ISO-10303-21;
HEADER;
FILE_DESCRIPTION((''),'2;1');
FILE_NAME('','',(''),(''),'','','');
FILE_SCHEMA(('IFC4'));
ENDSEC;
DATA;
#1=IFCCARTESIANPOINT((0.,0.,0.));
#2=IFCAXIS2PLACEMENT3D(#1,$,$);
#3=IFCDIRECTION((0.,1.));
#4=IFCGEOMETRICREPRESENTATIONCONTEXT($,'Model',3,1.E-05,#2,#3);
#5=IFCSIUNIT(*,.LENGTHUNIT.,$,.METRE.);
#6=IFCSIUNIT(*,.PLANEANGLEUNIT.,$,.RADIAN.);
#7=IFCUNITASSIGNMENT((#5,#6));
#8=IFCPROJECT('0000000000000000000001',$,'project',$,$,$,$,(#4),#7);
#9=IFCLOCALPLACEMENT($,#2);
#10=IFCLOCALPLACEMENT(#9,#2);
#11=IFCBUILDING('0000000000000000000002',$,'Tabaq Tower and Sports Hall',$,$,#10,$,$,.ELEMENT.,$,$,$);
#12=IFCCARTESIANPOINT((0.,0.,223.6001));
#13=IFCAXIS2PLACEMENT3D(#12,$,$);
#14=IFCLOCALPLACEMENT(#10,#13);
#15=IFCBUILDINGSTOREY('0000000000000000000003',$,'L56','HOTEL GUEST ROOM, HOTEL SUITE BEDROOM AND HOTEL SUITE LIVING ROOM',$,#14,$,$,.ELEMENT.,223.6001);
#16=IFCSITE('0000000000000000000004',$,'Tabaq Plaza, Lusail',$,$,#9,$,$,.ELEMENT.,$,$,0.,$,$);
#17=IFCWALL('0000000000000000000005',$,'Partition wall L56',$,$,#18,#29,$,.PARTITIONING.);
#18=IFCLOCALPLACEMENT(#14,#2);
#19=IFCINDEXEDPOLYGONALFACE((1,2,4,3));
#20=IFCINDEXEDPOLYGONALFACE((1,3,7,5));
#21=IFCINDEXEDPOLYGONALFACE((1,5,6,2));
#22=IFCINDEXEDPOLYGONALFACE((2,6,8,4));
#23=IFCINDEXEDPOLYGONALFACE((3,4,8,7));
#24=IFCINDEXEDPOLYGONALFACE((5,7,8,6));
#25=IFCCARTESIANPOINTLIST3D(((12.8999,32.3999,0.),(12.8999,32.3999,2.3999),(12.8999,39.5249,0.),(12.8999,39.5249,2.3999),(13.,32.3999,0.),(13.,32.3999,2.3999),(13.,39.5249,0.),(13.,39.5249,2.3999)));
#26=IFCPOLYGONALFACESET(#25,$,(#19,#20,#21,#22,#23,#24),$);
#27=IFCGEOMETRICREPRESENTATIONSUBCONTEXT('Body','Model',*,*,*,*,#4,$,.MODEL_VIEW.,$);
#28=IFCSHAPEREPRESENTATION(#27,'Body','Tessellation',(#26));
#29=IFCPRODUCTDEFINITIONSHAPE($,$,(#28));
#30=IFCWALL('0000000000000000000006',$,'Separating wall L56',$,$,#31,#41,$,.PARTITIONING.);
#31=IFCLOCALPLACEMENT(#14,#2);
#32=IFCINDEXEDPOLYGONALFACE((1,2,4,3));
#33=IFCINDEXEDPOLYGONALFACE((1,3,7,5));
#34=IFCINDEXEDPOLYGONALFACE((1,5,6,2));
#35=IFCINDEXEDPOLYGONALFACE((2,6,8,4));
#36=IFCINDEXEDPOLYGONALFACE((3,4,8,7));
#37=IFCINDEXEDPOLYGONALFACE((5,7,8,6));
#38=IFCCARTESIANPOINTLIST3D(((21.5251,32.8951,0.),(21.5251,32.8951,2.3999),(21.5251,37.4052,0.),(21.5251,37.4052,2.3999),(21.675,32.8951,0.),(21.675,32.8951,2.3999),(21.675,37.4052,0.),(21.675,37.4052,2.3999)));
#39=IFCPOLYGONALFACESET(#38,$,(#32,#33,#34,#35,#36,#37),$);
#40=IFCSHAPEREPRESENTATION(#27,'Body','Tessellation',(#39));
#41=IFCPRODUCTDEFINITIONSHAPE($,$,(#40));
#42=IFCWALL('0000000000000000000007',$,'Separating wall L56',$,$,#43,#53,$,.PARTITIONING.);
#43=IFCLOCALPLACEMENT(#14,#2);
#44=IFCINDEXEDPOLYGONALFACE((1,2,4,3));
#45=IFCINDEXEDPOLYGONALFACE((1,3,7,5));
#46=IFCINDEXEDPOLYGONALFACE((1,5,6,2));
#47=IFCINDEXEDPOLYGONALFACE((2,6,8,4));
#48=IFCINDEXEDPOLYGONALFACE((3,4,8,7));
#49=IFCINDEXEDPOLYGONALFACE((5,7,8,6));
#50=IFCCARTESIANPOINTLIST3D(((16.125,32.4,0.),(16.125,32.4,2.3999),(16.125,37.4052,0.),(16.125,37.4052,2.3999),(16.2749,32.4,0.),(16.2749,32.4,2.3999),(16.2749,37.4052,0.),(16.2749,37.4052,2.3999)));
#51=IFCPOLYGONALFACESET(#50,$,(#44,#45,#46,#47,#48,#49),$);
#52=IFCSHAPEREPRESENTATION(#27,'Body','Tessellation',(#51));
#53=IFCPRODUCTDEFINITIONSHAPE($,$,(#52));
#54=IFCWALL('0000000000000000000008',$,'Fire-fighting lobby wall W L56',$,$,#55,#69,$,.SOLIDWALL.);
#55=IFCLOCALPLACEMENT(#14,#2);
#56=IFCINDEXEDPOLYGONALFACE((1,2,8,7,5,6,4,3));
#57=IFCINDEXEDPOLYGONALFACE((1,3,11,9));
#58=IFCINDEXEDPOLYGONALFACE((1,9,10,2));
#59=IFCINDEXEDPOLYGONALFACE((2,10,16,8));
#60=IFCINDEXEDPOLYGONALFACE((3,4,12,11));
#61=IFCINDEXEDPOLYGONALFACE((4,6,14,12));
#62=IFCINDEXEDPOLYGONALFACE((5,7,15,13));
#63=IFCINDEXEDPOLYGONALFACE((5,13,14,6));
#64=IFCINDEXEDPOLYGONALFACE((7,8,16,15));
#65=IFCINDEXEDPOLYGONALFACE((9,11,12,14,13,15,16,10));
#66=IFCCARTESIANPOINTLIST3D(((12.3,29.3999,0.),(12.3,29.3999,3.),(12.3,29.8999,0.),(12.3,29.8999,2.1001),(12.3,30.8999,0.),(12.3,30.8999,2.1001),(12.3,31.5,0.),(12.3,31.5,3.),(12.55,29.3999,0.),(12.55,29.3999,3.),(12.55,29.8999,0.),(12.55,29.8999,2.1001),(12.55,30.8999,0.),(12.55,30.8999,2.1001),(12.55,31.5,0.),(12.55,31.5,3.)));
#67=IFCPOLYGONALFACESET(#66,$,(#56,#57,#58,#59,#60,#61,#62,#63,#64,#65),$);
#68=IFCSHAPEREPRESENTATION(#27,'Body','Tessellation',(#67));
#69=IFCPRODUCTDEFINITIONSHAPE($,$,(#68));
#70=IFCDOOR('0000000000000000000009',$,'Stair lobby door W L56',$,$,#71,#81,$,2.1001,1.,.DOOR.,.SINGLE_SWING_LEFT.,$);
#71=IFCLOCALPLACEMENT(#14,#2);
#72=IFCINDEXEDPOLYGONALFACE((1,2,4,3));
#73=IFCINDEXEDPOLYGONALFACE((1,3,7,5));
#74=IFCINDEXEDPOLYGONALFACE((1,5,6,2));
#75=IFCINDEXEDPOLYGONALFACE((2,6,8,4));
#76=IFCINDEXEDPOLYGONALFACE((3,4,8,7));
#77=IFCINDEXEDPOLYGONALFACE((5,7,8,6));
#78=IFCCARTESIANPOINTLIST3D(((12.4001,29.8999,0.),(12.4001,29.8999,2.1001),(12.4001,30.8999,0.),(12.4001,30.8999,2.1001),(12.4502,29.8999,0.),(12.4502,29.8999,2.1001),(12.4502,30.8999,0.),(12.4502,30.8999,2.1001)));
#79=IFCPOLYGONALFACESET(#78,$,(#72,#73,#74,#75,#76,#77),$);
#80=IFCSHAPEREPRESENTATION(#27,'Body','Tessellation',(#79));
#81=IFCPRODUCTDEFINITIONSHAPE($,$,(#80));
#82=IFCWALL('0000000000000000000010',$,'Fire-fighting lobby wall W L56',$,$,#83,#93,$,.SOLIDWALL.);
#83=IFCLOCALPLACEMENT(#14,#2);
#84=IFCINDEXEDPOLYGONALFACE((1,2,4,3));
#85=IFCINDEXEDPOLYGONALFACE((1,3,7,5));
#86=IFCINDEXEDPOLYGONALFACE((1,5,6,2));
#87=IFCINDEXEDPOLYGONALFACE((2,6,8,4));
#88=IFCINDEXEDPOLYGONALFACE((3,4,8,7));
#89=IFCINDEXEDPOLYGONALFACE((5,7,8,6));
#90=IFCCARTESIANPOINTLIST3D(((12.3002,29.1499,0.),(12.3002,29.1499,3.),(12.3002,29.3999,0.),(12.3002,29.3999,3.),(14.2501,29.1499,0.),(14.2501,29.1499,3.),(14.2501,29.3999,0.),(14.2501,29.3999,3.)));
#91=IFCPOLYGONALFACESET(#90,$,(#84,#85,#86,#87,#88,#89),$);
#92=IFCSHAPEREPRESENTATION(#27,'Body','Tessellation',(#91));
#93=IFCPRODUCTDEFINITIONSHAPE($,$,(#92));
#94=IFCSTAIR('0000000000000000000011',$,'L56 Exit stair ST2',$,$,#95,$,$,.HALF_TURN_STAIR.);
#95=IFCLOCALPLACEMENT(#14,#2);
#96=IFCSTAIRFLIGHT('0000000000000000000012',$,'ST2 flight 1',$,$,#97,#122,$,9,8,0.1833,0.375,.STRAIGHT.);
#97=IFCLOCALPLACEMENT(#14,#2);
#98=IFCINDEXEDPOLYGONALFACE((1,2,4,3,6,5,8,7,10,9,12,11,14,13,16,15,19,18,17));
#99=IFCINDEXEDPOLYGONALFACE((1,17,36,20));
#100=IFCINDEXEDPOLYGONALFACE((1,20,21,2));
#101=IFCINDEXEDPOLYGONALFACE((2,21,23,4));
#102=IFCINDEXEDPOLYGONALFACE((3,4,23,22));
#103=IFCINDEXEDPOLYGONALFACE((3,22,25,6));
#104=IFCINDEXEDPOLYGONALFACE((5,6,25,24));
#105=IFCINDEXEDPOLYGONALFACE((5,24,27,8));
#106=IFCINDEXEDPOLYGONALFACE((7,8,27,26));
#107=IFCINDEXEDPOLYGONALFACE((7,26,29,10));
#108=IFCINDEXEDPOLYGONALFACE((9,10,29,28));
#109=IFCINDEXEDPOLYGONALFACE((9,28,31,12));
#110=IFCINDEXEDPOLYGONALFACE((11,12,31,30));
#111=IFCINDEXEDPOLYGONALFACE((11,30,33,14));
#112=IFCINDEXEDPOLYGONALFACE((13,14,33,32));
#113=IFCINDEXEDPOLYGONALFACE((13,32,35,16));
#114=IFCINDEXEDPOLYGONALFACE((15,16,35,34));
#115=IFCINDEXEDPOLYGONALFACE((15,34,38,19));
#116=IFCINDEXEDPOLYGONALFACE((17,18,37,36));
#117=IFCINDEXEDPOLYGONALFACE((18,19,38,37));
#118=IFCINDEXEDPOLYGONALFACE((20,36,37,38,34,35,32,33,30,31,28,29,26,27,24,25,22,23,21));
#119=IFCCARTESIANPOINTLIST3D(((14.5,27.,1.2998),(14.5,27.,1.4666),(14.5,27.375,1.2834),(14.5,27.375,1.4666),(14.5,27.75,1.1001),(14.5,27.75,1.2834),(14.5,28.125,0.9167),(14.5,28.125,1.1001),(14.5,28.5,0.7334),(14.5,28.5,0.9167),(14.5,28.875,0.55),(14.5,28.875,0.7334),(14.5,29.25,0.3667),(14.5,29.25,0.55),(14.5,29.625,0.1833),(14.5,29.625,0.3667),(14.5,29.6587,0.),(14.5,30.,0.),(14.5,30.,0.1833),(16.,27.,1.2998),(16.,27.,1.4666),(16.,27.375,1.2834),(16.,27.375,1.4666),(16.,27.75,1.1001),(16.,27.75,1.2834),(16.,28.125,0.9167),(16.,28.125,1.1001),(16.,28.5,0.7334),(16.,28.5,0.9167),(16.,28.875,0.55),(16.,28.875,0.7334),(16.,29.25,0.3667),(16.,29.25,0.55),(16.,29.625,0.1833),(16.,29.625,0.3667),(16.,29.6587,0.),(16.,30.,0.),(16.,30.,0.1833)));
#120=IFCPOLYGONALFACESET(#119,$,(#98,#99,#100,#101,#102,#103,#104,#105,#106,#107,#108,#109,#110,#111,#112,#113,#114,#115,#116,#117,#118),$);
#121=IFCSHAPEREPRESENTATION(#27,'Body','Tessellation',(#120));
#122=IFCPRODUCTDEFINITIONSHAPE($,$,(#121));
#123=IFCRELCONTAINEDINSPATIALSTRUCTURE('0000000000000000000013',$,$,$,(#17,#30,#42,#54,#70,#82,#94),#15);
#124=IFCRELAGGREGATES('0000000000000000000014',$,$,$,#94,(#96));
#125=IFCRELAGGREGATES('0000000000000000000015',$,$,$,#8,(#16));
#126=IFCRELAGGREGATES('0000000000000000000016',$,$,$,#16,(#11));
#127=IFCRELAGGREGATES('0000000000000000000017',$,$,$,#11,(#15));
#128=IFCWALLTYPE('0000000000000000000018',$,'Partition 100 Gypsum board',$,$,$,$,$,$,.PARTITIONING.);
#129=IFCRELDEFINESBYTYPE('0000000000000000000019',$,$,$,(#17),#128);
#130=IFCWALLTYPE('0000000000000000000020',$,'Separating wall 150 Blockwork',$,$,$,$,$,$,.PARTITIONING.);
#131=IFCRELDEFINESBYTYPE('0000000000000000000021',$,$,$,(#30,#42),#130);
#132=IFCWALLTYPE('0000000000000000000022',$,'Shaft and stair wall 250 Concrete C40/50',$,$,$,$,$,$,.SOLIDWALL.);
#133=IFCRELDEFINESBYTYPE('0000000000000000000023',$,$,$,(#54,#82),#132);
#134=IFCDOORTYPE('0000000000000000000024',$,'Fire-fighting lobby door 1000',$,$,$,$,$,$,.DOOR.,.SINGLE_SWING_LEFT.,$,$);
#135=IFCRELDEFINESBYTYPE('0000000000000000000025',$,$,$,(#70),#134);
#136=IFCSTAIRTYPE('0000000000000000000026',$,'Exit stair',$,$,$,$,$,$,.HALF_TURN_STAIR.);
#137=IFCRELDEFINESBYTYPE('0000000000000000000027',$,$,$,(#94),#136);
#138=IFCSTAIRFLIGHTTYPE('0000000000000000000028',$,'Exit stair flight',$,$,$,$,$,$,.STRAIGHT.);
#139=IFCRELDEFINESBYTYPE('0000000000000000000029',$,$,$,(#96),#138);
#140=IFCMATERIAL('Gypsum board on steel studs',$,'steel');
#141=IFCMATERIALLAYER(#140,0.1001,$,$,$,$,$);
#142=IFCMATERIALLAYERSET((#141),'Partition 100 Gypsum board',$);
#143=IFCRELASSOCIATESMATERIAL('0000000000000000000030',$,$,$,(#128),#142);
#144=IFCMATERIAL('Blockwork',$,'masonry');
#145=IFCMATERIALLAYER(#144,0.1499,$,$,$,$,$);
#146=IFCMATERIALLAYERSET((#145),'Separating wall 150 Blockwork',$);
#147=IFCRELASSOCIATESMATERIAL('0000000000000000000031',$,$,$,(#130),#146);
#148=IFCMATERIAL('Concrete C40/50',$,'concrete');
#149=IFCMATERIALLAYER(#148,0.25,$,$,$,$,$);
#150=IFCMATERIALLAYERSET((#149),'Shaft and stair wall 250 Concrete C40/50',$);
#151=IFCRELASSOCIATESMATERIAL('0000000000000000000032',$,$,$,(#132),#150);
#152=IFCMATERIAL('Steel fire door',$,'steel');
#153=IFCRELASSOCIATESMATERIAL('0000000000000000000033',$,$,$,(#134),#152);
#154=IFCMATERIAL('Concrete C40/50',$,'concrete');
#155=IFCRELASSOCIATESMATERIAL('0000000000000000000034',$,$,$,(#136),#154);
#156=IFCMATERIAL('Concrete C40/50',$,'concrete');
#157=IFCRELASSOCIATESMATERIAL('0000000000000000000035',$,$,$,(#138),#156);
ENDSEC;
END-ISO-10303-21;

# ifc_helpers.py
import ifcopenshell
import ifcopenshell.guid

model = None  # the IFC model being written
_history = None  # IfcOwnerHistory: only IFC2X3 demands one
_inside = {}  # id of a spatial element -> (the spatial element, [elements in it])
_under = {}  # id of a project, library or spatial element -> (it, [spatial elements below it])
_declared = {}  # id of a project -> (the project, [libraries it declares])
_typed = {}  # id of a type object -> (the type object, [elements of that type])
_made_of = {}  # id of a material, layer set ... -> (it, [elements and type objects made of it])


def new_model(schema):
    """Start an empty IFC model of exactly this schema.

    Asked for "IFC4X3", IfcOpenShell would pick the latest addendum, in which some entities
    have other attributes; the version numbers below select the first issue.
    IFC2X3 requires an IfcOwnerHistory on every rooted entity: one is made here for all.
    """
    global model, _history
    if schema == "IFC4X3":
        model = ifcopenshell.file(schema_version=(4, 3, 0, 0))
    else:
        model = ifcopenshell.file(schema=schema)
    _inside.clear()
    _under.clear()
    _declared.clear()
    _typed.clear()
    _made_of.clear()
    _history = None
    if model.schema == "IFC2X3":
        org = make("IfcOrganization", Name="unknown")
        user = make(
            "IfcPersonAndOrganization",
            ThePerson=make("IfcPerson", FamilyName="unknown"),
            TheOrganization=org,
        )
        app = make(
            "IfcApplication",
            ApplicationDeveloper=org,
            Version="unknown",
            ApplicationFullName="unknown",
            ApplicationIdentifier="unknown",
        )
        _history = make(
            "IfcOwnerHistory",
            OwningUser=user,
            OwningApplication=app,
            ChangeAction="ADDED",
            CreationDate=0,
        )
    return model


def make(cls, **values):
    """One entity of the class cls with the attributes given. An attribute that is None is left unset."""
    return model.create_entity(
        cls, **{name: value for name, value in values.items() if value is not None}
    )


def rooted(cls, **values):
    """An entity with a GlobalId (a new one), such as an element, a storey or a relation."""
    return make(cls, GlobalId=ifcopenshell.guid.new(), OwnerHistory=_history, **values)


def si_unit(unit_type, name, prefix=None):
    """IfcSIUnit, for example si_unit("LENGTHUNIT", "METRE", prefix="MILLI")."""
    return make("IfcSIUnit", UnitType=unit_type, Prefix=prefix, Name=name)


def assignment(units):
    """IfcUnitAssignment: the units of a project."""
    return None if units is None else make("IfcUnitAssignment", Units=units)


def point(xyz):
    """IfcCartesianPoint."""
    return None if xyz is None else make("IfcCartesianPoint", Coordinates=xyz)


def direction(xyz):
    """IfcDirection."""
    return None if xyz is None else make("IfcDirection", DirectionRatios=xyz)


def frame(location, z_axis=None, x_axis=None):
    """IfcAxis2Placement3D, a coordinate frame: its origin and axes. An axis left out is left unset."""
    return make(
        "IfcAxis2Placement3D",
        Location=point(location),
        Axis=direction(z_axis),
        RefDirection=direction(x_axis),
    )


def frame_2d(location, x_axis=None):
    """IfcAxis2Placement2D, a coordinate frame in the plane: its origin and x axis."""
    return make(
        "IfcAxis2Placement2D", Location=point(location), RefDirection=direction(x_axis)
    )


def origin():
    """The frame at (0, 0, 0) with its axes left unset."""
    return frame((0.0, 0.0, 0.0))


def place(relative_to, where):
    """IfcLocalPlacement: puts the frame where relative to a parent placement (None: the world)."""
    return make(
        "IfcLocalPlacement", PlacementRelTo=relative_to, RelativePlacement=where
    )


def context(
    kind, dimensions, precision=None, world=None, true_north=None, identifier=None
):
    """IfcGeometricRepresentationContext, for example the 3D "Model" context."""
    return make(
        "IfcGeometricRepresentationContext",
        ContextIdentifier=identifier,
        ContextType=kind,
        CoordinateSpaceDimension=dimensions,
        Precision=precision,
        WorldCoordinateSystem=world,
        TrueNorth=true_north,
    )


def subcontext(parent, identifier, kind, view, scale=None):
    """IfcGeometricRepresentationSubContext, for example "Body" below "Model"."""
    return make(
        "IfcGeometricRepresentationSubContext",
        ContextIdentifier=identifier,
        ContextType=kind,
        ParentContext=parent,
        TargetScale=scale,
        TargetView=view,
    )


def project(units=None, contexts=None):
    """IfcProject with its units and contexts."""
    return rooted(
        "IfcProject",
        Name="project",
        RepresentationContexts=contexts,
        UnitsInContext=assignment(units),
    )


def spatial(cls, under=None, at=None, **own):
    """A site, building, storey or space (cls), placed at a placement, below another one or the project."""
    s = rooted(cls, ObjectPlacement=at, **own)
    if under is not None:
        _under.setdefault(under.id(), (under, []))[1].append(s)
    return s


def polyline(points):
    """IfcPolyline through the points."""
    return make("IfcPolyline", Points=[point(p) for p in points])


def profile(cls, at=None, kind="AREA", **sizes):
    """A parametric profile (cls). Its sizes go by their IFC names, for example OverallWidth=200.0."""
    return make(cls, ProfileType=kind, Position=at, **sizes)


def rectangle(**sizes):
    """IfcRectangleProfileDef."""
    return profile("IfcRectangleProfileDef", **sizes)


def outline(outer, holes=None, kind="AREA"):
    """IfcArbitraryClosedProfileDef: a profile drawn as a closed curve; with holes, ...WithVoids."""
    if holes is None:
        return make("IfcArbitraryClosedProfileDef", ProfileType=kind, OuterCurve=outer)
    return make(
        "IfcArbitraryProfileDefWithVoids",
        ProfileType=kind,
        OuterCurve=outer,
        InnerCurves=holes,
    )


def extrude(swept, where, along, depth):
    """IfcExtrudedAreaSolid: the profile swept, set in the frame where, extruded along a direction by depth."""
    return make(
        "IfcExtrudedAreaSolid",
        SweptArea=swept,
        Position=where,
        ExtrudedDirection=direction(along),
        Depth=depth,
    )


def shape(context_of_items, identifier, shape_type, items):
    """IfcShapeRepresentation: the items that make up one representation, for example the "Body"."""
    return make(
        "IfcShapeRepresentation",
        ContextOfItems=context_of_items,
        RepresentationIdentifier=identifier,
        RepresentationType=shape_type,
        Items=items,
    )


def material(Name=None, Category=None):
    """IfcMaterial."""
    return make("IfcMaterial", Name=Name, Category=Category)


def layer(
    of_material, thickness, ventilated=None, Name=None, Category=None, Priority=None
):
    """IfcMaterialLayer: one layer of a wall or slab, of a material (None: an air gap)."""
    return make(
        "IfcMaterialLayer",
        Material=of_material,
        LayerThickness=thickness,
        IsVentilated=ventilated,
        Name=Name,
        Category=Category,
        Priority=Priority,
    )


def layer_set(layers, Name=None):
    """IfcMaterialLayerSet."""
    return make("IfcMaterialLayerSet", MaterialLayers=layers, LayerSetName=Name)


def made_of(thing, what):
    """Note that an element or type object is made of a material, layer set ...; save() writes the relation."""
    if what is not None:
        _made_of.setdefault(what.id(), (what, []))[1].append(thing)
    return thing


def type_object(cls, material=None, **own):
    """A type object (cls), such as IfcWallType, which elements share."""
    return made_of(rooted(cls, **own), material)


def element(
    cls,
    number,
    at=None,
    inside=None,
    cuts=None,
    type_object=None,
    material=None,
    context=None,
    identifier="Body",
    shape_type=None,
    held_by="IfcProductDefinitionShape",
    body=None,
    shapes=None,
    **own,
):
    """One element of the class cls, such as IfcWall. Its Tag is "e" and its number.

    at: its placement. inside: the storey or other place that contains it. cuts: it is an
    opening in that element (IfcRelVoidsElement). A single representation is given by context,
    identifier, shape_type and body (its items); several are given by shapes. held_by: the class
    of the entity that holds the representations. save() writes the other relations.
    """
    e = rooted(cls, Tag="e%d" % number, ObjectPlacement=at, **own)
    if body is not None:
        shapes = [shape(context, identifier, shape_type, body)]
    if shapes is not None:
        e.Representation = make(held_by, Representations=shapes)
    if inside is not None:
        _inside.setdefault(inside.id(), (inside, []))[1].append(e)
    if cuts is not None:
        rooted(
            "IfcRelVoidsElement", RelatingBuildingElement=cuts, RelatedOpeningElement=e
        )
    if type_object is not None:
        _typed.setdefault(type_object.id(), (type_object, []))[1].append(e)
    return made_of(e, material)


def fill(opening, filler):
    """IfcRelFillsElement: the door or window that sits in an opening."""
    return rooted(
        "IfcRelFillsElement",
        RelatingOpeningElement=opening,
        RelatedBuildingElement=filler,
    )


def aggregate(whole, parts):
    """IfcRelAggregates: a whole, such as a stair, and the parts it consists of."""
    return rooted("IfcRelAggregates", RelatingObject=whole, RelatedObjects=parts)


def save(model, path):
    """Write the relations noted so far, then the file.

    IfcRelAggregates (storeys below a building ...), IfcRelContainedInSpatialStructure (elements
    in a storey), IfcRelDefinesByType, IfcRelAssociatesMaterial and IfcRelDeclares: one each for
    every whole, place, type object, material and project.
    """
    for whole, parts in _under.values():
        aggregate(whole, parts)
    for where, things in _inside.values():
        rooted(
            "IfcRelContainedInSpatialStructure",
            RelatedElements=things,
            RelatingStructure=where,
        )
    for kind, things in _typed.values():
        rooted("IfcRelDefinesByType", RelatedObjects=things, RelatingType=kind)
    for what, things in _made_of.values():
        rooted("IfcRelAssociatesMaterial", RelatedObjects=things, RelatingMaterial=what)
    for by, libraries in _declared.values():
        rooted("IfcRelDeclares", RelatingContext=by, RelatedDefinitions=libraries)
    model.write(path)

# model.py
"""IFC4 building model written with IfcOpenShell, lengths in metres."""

from ifc_helpers import new_model, si_unit, direction, frame, frame_2d, origin, place, context, subcontext, project, spatial, polyline, rectangle, outline, extrude, material, layer, layer_set, type_object, element, fill, aggregate, save


model = new_model("IFC4")

# Units and contexts
model_context = context("Model", 3, precision=1e-05, world=origin(), true_north=direction((0.0, 1.0)))
body_context = subcontext(model_context, "Body", "Model", "MODEL_VIEW")
ifc_project = project(units=[si_unit("LENGTHUNIT", "METRE"), si_unit("PLANEANGLEUNIT", "RADIAN")], contexts=[model_context])

# Site, building, storey
site_placement = place(None, origin())
site = spatial("IfcSite", under=ifc_project, at=site_placement, Name="Tabaq Plaza, Lusail", CompositionType="ELEMENT", RefElevation=0.0)
building_placement = place(site_placement, origin())
building = spatial("IfcBuilding", under=site, at=building_placement, Name="Tabaq Tower and Sports Hall", CompositionType="ELEMENT")
storey_placement = place(building_placement, frame((0.0, 0.0, 223.6001)))
storey = spatial("IfcBuildingStorey", under=building, at=storey_placement, Name="L56", Description="HOTEL GUEST ROOM, HOTEL SUITE BEDROOM AND HOTEL SUITE LIVING ROOM", CompositionType="ELEMENT", Elevation=223.6001)

# Shared definitions
ifc_material_1 = material(Name="Gypsum board on steel studs", Category="steel")
ifc_layer_1 = layer(ifc_material_1, 0.1001)
ifc_layer_set_1 = layer_set([ifc_layer_1], Name="Partition 100 Gypsum board")
wall_type_1 = type_object("IfcWallType", Name="Partition 100 Gypsum board", PredefinedType="PARTITIONING", material=ifc_layer_set_1)

# Walls
wall_1_placement = place(storey_placement, frame((12.95, 32.3999, 0.0), z_axis=(0.0, 0.0, 1.0), x_axis=(0.0, 1.0, 0.0)))
element("IfcWall", 1, at=wall_1_placement, inside=storey, type_object=wall_type_1, Name="Partition wall L56", PredefinedType="PARTITIONING", context=body_context, shape_type="SweptSolid", body=[
    extrude(rectangle(XDim=7.125, YDim=0.1001, at=frame_2d((3.5625, 0.0))), origin(), (0.0, 0.0, 1.0), 2.3999),
])
ifc_material_2 = material(Name="Blockwork", Category="masonry")
ifc_layer_2 = layer(ifc_material_2, 0.1499)
ifc_layer_set_2 = layer_set([ifc_layer_2], Name="Separating wall 150 Blockwork")
wall_type_2 = type_object("IfcWallType", Name="Separating wall 150 Blockwork", PredefinedType="PARTITIONING", material=ifc_layer_set_2)
wall_2_placement = place(storey_placement, frame((21.6001, 37.405, 0.0), z_axis=(0.0, 0.0, 1.0), x_axis=(0.0, -1.0, 0.0)))
element("IfcWall", 2, at=wall_2_placement, inside=storey, type_object=wall_type_2, Name="Separating wall L56", PredefinedType="PARTITIONING", context=body_context, shape_type="SweptSolid", body=[
    extrude(rectangle(XDim=4.51, YDim=0.1499, at=frame_2d((2.2549, 0.0))), origin(), (0.0, 0.0, 1.0), 2.3999),
])
wall_3_placement = place(storey_placement, frame((16.2, 37.405, 0.0), z_axis=(0.0, 0.0, 1.0), x_axis=(0.0, -1.0, 0.0)))
element("IfcWall", 3, at=wall_3_placement, inside=storey, type_object=wall_type_2, Name="Separating wall L56", PredefinedType="PARTITIONING", context=body_context, shape_type="SweptSolid", body=[
    extrude(rectangle(XDim=5.0051, YDim=0.1499, at=frame_2d((2.5024, 0.0))), origin(), (0.0, 0.0, 1.0), 2.3999),
])

# Wall, opening, door
ifc_material_3 = material(Name="Concrete C40/50", Category="concrete")
ifc_layer_3 = layer(ifc_material_3, 0.25)
ifc_layer_set_3 = layer_set([ifc_layer_3], Name="Shaft and stair wall 250 Concrete C40/50")
wall_type_3 = type_object("IfcWallType", Name="Shaft and stair wall 250 Concrete C40/50", PredefinedType="SOLIDWALL", material=ifc_layer_set_3)
wall_4_placement = place(storey_placement, frame((12.425, 29.3999, 0.0), z_axis=(0.0, 0.0, 1.0), x_axis=(0.0, 1.0, 0.0)))
wall_4 = element("IfcWall", 4, at=wall_4_placement, inside=storey, type_object=wall_type_3, Name="Fire-fighting lobby wall W L56", PredefinedType="SOLIDWALL", context=body_context, shape_type="SweptSolid", body=[
    extrude(rectangle(XDim=2.1001, YDim=0.25, at=frame_2d((1.05, 0.0))), origin(), (0.0, 0.0, 1.0), 3.0),
])
opening_1_placement = place(wall_4_placement, frame((0.5, 0.0, 0.0)))
opening_1 = element("IfcOpeningElement", 5, at=opening_1_placement, cuts=wall_4, PredefinedType="OPENING", context=body_context, shape_type="SweptSolid", body=[
    extrude(rectangle(XDim=1.0, YDim=2.1001, at=frame_2d((0.5, 1.05))), frame((0.0, 0.125, 0.0), z_axis=(0.0, -1.0, 0.0), x_axis=(1.0, 0.0, 0.0)), (0.0, 0.0, 1.0), 0.25),
])
ifc_material_4 = material(Name="Steel fire door", Category="steel")
door_type_1 = type_object("IfcDoorType", Name="Fire-fighting lobby door 1000", OperationType="SINGLE_SWING_LEFT", PredefinedType="DOOR", material=ifc_material_4)
door_1_placement = place(opening_1_placement, origin())
door_1 = element("IfcDoor", 6, at=door_1_placement, inside=storey, type_object=door_type_1, Name="Stair lobby door W L56", OperationType="SINGLE_SWING_LEFT", OverallHeight=2.1001, OverallWidth=1.0, PredefinedType="DOOR", context=body_context, shape_type="SweptSolid", body=[
    extrude(rectangle(XDim=1.0, YDim=2.1001, at=frame_2d((0.5, 1.05))), frame((0.0, 0.0249, 0.0), z_axis=(0.0, -1.0, 0.0), x_axis=(1.0, 0.0, 0.0)), (0.0, 0.0, 1.0), 0.05),
])
fill(opening_1, door_1)

# Wall
wall_5_placement = place(storey_placement, frame((12.3, 29.2749, 0.0), z_axis=(0.0, 0.0, 1.0), x_axis=(1.0, 0.0, 0.0)))
element("IfcWall", 7, at=wall_5_placement, inside=storey, type_object=wall_type_3, Name="Fire-fighting lobby wall W L56", PredefinedType="SOLIDWALL", context=body_context, shape_type="SweptSolid", body=[
    extrude(rectangle(XDim=1.95, YDim=0.25, at=frame_2d((0.9751, 0.0))), origin(), (0.0, 0.0, 1.0), 3.0),
])

# Stair, stair flight
ifc_material_5 = material(Name="Concrete C40/50", Category="concrete")
stair_type = type_object("IfcStairType", Name="Exit stair", PredefinedType="HALF_TURN_STAIR", material=ifc_material_5)
stair_placement = place(storey_placement, origin())
stair = element("IfcStair", 8, at=stair_placement, inside=storey, type_object=stair_type, Name="L56 Exit stair ST2", PredefinedType="HALF_TURN_STAIR")
ifc_material_6 = material(Name="Concrete C40/50", Category="concrete")
stair_flight_type = type_object("IfcStairFlightType", Name="Exit stair flight", PredefinedType="STRAIGHT", material=ifc_material_6)
stair_flight_placement = place(storey_placement, frame((15.25, 30.0, 0.0), z_axis=(0.0, 0.0, 1.0), x_axis=(0.0, -1.0, 0.0)))
stair_flight = element("IfcStairFlight", 9, at=stair_flight_placement, type_object=stair_flight_type, Name="ST2 flight 1", NumberOfRisers=9, NumberOfTreads=8, PredefinedType="STRAIGHT", RiserHeight=0.1833, TreadLength=0.375, context=body_context, shape_type="SweptSolid", body=[
    extrude(outline(polyline([(0.0, 0.0), (0.0, 0.1833), (0.375, 0.1833), (0.375, 0.3667), (0.75, 0.3667), (0.75, 0.55), (1.125, 0.55), (1.125, 0.7334), (1.5, 0.7334), (1.5, 0.9167), (1.875, 0.9167), (1.875, 1.1001), (2.25, 1.1001), (2.25, 1.2834), (2.625, 1.2834), (2.625, 1.4666), (3.0, 1.4666), (3.0, 1.6499), (3.0, 1.2998), (0.3413, 0.0), (0.0, 0.0)])), frame((0.0, 0.75, 0.0), z_axis=(0.0, -1.0, 0.0), x_axis=(1.0, 0.0, 0.0)), (0.0, 0.0, 1.0), 1.5),
])
aggregate(stair, [stair_flight])

save(model, "model.ifc")
